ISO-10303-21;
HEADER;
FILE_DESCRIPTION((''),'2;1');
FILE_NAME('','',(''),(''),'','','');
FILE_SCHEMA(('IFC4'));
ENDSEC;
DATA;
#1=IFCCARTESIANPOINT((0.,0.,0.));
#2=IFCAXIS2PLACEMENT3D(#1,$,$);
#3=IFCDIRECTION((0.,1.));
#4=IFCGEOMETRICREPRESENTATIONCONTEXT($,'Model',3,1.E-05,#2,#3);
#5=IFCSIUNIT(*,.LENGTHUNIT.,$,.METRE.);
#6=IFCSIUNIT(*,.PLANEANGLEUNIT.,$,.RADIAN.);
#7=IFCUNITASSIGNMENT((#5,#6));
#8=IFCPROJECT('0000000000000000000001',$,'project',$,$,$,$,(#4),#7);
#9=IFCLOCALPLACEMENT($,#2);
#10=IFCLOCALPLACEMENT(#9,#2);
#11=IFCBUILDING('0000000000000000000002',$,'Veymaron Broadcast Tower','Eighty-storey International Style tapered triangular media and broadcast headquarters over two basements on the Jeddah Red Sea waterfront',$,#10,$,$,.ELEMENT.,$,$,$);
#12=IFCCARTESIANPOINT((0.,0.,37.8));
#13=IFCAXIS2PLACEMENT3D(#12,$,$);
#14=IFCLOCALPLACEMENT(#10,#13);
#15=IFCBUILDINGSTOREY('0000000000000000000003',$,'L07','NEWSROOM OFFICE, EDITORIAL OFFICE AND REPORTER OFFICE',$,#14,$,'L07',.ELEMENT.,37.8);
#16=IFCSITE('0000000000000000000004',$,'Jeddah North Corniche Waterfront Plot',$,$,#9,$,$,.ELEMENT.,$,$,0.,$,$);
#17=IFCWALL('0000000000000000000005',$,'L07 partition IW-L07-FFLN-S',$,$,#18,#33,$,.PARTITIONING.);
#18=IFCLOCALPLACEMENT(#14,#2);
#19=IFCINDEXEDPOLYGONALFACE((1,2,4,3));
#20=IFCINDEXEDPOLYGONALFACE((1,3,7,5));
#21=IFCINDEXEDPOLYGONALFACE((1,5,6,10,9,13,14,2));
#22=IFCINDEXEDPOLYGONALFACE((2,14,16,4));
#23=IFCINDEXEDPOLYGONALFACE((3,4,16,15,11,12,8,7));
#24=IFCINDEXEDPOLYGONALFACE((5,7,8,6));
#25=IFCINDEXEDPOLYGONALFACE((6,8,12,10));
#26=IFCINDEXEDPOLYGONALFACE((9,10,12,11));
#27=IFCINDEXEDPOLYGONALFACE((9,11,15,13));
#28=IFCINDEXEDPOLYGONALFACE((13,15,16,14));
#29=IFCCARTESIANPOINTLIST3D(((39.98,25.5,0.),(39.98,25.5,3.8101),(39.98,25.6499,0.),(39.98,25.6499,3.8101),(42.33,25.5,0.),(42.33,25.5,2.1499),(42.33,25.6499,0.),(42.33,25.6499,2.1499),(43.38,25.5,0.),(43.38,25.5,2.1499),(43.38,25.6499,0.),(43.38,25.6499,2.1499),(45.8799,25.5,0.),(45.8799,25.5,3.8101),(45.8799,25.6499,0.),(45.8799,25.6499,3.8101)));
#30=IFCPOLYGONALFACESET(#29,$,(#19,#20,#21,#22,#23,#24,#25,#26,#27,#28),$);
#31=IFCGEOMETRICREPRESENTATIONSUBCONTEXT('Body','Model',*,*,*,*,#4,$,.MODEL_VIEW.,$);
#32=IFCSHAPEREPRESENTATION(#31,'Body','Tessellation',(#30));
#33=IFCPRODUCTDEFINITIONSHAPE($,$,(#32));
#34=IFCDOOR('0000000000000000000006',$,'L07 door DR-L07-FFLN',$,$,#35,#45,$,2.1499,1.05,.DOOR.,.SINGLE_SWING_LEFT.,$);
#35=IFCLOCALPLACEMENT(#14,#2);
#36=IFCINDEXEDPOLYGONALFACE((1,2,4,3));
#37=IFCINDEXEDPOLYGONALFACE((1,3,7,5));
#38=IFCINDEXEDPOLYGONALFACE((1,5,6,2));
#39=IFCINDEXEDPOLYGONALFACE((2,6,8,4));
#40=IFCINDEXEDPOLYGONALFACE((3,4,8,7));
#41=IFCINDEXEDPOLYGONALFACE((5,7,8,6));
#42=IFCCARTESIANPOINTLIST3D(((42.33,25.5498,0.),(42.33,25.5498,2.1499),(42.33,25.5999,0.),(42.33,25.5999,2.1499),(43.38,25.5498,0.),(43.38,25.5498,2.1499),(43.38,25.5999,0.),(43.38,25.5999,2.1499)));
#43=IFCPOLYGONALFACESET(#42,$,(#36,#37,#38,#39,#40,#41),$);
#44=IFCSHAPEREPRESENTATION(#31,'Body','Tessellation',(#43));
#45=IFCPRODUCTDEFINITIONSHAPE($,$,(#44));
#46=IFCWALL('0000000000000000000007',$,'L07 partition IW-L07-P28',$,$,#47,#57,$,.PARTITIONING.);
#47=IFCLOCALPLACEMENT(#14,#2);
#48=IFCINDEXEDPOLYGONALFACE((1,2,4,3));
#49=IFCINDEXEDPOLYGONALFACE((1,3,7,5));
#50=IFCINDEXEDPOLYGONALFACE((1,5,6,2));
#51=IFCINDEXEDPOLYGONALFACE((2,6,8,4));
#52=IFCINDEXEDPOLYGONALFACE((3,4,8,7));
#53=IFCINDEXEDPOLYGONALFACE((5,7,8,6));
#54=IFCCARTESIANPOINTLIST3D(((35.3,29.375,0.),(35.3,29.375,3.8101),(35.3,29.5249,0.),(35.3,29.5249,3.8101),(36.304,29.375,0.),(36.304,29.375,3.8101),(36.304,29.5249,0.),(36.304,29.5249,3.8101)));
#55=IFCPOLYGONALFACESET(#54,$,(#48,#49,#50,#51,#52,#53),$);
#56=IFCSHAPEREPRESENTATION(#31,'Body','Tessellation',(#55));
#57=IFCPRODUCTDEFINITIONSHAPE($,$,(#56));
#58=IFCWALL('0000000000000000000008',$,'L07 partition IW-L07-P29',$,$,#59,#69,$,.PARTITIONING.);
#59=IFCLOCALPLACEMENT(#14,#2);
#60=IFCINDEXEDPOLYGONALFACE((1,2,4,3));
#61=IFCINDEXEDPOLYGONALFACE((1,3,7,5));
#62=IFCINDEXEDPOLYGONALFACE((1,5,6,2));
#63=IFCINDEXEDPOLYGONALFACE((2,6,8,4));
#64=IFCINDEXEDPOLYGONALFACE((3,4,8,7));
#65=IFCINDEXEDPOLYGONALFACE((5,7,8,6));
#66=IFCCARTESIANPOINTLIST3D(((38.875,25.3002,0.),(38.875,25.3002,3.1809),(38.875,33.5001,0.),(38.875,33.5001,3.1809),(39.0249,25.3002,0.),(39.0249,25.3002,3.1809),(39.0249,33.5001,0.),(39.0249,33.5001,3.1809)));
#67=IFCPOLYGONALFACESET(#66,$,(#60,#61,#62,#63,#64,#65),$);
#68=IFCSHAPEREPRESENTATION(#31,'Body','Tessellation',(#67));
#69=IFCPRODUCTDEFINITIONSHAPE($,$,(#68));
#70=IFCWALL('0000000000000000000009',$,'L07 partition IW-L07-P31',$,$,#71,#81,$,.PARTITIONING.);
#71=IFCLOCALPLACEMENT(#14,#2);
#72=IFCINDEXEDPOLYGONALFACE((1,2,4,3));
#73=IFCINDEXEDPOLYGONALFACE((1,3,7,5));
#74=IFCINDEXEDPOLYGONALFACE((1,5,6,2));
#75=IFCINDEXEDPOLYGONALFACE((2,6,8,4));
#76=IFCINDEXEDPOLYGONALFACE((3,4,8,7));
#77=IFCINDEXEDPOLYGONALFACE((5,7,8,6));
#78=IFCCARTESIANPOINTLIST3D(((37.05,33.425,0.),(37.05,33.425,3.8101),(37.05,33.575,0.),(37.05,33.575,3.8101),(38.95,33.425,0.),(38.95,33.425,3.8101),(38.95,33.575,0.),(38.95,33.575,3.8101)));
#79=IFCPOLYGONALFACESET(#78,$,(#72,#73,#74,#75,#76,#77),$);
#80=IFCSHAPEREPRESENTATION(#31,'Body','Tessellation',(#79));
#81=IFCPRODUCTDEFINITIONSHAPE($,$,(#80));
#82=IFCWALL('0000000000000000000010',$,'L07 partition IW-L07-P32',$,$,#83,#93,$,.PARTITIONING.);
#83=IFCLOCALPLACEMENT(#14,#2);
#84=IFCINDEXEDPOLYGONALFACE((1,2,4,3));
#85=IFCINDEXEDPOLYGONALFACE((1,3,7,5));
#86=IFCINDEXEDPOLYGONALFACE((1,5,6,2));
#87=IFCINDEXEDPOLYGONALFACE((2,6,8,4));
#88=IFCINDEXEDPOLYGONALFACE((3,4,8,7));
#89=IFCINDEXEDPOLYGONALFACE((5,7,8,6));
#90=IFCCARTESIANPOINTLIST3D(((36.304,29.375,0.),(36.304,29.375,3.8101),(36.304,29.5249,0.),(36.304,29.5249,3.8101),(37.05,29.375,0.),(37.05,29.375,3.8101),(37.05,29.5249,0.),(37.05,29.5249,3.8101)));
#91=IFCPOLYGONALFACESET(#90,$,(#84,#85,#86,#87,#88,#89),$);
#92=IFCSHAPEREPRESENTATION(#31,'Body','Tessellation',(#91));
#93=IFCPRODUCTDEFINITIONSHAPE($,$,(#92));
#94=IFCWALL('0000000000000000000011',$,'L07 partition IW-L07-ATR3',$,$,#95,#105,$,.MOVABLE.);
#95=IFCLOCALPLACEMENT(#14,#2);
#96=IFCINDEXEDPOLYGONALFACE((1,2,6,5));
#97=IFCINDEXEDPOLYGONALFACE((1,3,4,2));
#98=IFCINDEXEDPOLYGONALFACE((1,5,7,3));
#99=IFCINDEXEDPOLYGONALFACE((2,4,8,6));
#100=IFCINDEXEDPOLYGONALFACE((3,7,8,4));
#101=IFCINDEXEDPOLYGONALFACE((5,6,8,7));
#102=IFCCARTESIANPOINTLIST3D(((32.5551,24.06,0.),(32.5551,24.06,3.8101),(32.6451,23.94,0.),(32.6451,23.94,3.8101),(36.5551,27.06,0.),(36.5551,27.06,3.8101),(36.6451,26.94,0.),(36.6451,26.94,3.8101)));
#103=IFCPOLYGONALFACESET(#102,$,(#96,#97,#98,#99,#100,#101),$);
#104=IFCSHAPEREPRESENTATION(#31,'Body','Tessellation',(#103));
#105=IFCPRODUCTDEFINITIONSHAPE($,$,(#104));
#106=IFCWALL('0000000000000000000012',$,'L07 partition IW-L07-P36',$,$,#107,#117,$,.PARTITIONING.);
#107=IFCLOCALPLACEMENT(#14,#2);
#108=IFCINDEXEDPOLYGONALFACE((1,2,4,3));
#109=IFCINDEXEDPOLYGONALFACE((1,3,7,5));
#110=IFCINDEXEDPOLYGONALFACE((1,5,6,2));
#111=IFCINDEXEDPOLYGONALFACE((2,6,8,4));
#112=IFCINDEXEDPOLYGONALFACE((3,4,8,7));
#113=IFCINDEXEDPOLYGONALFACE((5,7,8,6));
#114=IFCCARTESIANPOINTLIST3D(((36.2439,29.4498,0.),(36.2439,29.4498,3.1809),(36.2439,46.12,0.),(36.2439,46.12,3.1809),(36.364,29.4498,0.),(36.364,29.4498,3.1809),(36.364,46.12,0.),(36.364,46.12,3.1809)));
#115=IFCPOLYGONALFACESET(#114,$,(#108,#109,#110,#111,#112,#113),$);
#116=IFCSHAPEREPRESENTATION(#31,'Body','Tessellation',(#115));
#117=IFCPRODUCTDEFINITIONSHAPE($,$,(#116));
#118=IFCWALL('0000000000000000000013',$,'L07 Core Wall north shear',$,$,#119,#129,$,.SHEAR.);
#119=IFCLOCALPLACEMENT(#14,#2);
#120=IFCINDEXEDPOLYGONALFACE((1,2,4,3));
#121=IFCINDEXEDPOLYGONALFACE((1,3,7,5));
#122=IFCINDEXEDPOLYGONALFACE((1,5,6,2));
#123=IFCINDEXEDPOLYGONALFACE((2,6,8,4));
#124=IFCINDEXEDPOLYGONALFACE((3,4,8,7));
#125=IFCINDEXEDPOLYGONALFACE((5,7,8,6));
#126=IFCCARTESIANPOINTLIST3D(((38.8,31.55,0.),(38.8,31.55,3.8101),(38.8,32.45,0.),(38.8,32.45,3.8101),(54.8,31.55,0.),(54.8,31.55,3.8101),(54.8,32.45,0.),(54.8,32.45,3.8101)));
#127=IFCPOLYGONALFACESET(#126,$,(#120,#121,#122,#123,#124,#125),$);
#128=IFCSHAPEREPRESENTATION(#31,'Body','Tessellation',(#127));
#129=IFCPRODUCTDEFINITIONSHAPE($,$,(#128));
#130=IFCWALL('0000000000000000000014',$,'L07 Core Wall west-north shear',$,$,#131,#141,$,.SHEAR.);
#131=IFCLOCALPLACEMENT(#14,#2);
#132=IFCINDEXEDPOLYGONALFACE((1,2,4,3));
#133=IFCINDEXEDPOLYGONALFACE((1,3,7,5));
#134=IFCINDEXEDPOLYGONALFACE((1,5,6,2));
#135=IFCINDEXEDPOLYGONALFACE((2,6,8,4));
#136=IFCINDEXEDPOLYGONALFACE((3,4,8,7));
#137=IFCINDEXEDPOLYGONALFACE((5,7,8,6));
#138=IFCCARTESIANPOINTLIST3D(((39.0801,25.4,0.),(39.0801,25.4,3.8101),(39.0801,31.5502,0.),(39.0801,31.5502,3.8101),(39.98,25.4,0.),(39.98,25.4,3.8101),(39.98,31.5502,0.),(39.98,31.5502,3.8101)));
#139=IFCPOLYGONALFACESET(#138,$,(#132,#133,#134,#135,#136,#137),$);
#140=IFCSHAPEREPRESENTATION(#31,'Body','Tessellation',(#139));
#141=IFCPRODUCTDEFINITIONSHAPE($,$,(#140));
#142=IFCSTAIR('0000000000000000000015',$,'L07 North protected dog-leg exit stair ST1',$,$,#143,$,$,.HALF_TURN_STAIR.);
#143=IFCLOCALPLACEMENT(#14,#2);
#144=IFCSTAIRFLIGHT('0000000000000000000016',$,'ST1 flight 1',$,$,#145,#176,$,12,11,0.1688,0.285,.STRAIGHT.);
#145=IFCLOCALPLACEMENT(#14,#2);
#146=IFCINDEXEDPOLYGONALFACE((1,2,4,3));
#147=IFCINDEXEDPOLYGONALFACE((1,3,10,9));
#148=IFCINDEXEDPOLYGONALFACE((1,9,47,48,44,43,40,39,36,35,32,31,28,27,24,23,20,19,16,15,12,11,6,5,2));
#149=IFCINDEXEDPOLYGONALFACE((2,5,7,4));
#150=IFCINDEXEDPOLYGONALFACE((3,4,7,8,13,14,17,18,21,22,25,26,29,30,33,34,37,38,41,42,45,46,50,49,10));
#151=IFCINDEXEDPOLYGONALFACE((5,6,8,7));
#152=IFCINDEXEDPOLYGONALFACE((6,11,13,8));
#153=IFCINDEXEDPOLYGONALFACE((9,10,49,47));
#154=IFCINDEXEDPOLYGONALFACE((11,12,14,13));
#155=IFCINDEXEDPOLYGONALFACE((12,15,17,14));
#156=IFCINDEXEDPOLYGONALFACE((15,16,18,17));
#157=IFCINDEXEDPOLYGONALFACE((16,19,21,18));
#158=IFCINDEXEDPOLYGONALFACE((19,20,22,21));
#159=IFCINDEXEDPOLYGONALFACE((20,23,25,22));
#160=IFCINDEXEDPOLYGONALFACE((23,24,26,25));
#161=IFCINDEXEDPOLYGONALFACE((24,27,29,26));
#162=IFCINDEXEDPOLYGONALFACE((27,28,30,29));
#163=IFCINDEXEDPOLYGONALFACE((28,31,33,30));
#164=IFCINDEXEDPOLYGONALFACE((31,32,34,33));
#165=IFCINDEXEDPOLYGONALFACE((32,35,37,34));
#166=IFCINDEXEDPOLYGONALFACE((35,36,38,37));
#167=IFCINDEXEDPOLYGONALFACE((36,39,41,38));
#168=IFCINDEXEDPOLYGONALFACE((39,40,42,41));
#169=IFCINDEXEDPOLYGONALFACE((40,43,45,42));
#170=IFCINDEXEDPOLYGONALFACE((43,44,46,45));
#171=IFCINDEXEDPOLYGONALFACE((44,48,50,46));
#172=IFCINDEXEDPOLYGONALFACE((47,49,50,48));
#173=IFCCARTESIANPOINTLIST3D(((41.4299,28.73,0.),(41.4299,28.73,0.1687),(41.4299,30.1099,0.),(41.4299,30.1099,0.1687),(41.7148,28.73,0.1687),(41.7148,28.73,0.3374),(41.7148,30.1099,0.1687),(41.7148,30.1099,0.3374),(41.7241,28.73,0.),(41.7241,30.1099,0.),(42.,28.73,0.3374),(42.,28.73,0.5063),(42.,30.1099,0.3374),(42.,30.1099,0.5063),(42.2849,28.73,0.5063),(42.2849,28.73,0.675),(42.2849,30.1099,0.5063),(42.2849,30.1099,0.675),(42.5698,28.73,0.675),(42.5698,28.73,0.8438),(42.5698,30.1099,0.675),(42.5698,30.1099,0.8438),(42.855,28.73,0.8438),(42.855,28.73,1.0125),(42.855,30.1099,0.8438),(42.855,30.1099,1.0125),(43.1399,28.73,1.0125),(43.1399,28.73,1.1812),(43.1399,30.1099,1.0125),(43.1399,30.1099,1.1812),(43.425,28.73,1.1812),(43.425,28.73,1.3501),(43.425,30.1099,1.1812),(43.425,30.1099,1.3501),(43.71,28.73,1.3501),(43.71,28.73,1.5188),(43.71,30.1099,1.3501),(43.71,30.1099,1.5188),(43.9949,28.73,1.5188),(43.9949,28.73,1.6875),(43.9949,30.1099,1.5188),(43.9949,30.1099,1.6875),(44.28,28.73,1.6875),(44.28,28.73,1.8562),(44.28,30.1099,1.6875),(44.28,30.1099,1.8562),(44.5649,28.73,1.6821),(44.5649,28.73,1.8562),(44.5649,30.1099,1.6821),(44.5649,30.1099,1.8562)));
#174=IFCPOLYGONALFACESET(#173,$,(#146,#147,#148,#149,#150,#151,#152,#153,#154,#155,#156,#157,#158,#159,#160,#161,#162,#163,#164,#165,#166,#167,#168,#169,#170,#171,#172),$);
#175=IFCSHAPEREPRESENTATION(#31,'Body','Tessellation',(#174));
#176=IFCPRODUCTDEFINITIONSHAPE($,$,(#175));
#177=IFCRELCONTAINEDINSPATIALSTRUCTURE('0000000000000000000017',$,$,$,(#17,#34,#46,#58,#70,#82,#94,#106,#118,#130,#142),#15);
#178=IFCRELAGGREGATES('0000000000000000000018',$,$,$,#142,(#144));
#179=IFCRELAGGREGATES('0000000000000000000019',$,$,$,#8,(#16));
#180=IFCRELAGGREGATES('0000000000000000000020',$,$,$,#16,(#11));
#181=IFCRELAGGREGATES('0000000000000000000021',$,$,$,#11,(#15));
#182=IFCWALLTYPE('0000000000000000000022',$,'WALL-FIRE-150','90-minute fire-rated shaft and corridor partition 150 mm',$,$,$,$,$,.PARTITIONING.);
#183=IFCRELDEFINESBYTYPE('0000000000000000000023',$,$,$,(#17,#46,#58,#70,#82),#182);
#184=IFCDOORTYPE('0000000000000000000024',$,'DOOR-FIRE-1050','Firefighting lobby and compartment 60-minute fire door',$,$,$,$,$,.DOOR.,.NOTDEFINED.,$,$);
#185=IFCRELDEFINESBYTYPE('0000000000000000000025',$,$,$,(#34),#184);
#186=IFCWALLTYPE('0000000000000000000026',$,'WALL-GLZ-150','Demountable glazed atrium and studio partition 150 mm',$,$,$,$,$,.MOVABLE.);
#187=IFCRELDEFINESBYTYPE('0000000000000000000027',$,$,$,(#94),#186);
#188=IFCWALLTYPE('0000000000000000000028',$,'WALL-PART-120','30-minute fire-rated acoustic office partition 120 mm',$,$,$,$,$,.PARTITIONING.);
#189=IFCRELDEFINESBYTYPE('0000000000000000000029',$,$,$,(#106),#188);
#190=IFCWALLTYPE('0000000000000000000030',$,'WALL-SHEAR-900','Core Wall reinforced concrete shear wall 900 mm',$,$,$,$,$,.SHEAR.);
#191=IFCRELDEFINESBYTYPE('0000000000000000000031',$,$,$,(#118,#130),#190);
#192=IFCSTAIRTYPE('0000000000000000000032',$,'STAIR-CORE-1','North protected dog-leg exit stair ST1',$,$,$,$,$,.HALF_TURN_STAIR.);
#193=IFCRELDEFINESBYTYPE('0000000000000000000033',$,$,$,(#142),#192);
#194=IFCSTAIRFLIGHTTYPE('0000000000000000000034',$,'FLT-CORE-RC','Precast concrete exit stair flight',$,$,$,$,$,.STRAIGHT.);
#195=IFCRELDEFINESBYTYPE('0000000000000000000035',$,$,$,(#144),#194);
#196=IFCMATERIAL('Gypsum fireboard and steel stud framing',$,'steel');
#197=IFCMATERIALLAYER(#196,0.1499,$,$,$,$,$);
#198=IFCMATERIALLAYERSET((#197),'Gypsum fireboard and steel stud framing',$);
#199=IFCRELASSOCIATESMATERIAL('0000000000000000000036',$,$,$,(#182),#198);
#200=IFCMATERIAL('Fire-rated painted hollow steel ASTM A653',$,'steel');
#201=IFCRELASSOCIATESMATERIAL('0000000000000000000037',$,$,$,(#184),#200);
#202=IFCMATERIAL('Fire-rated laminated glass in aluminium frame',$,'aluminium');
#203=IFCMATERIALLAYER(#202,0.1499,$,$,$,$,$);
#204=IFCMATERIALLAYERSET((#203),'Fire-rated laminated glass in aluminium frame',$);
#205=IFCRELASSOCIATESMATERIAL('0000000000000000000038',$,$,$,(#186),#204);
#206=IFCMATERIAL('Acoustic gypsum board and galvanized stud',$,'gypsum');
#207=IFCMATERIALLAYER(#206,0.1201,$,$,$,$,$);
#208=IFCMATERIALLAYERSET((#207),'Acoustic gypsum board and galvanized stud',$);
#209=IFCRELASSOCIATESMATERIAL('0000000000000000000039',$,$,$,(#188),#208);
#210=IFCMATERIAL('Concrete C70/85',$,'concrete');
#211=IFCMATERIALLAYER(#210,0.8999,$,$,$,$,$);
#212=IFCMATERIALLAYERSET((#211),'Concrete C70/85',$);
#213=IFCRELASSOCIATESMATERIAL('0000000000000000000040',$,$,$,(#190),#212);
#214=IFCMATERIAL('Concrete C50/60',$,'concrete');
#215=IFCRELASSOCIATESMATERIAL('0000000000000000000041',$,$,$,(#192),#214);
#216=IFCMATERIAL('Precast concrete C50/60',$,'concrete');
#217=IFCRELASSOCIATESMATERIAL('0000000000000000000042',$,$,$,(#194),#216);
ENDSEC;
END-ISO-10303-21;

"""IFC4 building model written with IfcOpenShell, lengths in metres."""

from ifc_helpers import new_model, si_unit, direction, frame, frame_2d, origin, place, context, subcontext, project, spatial, polyline, rectangle, outline, extrude, material, layer, layer_set, type_object, element, fill, aggregate, save


model = new_model("IFC4")

# Units and contexts
model_context = context("Model", 3, precision=1e-05, world=origin(), true_north=direction((0.0, 1.0)))
body_context = subcontext(model_context, "Body", "Model", "MODEL_VIEW")
ifc_project = project(units=[si_unit("LENGTHUNIT", "METRE"), si_unit("PLANEANGLEUNIT", "RADIAN")], contexts=[model_context])

# Site, building, storey
site_placement = place(None, origin())
site = spatial("IfcSite", under=ifc_project, at=site_placement, Name="Jeddah North Corniche Waterfront Plot", CompositionType="ELEMENT", RefElevation=0.0)
building_placement = place(site_placement, origin())
building = spatial("IfcBuilding", under=site, at=building_placement, Name="Veymaron Broadcast Tower", Description="Eighty-storey International Style tapered triangular media and broadcast headquarters over two basements on the Jeddah Red Sea waterfront", CompositionType="ELEMENT")
storey_placement = place(building_placement, frame((0.0, 0.0, 37.8)))
storey = spatial("IfcBuildingStorey", under=building, at=storey_placement, Name="L07", Description="NEWSROOM OFFICE, EDITORIAL OFFICE AND REPORTER OFFICE", LongName="L07", CompositionType="ELEMENT", Elevation=37.8)

# Wall, opening, door
ifc_material_1 = material(Name="Gypsum fireboard and steel stud framing", Category="steel")
ifc_layer_1 = layer(ifc_material_1, 0.1499)
ifc_layer_set_1 = layer_set([ifc_layer_1], Name="Gypsum fireboard and steel stud framing")
wall_type_1 = type_object("IfcWallType", Name="WALL-FIRE-150", Description="90-minute fire-rated shaft and corridor partition 150 mm", PredefinedType="PARTITIONING", material=ifc_layer_set_1)
wall_1_placement = place(storey_placement, frame((39.98, 25.575, 0.0), z_axis=(0.0, 0.0, 1.0), x_axis=(1.0, 0.0, 0.0)))
wall_1 = element("IfcWall", 1, at=wall_1_placement, inside=storey, type_object=wall_type_1, Name="L07 partition IW-L07-FFLN-S", PredefinedType="PARTITIONING", context=body_context, shape_type="SweptSolid", body=[
    extrude(rectangle(XDim=5.8999, YDim=0.1499, at=frame_2d((2.95, 0.0))), origin(), (0.0, 0.0, 1.0), 3.8101),
])
opening_1_placement = place(wall_1_placement, frame((2.3501, 0.0, 0.0)))
opening_1 = element("IfcOpeningElement", 2, at=opening_1_placement, cuts=wall_1, PredefinedType="OPENING", context=body_context, shape_type="SweptSolid", body=[
    extrude(rectangle(XDim=1.05, YDim=2.1499, at=frame_2d((0.5249, 1.075))), frame((0.0, 0.085, 0.0), z_axis=(0.0, -1.0, 0.0), x_axis=(1.0, 0.0, 0.0)), (0.0, 0.0, 1.0), 0.1699),
])
ifc_material_2 = material(Name="Fire-rated painted hollow steel ASTM A653", Category="steel")
door_type_1 = type_object("IfcDoorType", Name="DOOR-FIRE-1050", Description="Firefighting lobby and compartment 60-minute fire door", OperationType="NOTDEFINED", PredefinedType="DOOR", material=ifc_material_2)
door_1_placement = place(opening_1_placement, origin())
door_1 = element("IfcDoor", 3, at=door_1_placement, inside=storey, type_object=door_type_1, Name="L07 door DR-L07-FFLN", OperationType="SINGLE_SWING_LEFT", OverallHeight=2.1499, OverallWidth=1.05, PredefinedType="DOOR", context=body_context, shape_type="SweptSolid", body=[
    extrude(rectangle(XDim=1.05, YDim=2.1499, at=frame_2d((0.5249, 1.075))), frame((0.0, 0.0249, 0.0), z_axis=(0.0, -1.0, 0.0), x_axis=(1.0, 0.0, 0.0)), (0.0, 0.0, 1.0), 0.05),
])
fill(opening_1, door_1)

# Walls
wall_2_placement = place(storey_placement, frame((35.3, 29.45, 0.0), z_axis=(0.0, 0.0, 1.0), x_axis=(1.0, 0.0, 0.0)))
element("IfcWall", 4, at=wall_2_placement, inside=storey, type_object=wall_type_1, Name="L07 partition IW-L07-P28", PredefinedType="PARTITIONING", context=body_context, shape_type="SweptSolid", body=[
    extrude(rectangle(XDim=1.0039, YDim=0.1499, at=frame_2d((0.502, 0.0))), origin(), (0.0, 0.0, 1.0), 3.8101),
])
wall_3_placement = place(storey_placement, frame((38.95, 25.3, 0.0), z_axis=(0.0, 0.0, 1.0), x_axis=(0.0, 1.0, 0.0)))
element("IfcWall", 5, at=wall_3_placement, inside=storey, type_object=wall_type_1, Name="L07 partition IW-L07-P29", PredefinedType="PARTITIONING", context=body_context, shape_type="SweptSolid", body=[
    extrude(rectangle(XDim=8.2, YDim=0.1499, at=frame_2d((4.1001, 0.0))), origin(), (0.0, 0.0, 1.0), 3.1809),
])
wall_4_placement = place(storey_placement, frame((37.05, 33.5, 0.0), z_axis=(0.0, 0.0, 1.0), x_axis=(1.0, 0.0, 0.0)))
element("IfcWall", 6, at=wall_4_placement, inside=storey, type_object=wall_type_1, Name="L07 partition IW-L07-P31", PredefinedType="PARTITIONING", context=body_context, shape_type="SweptSolid", body=[
    extrude(rectangle(XDim=1.8999, YDim=0.1499, at=frame_2d((0.95, 0.0))), origin(), (0.0, 0.0, 1.0), 3.8101),
])
wall_5_placement = place(storey_placement, frame((36.304, 29.45, 0.0), z_axis=(0.0, 0.0, 1.0), x_axis=(1.0, 0.0, 0.0)))
element("IfcWall", 7, at=wall_5_placement, inside=storey, type_object=wall_type_1, Name="L07 partition IW-L07-P32", PredefinedType="PARTITIONING", context=body_context, shape_type="SweptSolid", body=[
    extrude(rectangle(XDim=0.7461, YDim=0.1499, at=frame_2d((0.373, 0.0))), origin(), (0.0, 0.0, 1.0), 3.8101),
])
ifc_material_3 = material(Name="Fire-rated laminated glass in aluminium frame", Category="aluminium")
ifc_layer_2 = layer(ifc_material_3, 0.1499)
ifc_layer_set_2 = layer_set([ifc_layer_2], Name="Fire-rated laminated glass in aluminium frame")
wall_type_2 = type_object("IfcWallType", Name="WALL-GLZ-150", Description="Demountable glazed atrium and studio partition 150 mm", PredefinedType="MOVABLE", material=ifc_layer_set_2)
wall_6_placement = place(storey_placement, frame((36.6001, 27.0, 0.0), z_axis=(0.0, 0.0, 1.0), x_axis=(-0.8, -0.6, 0.0)))
element("IfcWall", 8, at=wall_6_placement, inside=storey, type_object=wall_type_2, Name="L07 partition IW-L07-ATR3", PredefinedType="MOVABLE", context=body_context, shape_type="SweptSolid", body=[
    extrude(rectangle(XDim=5.0, YDim=0.1499, at=frame_2d((2.5, 0.0))), origin(), (0.0, 0.0, 1.0), 3.8101),
])
ifc_material_4 = material(Name="Acoustic gypsum board and galvanized stud", Category="gypsum")
ifc_layer_3 = layer(ifc_material_4, 0.1201)
ifc_layer_set_3 = layer_set([ifc_layer_3], Name="Acoustic gypsum board and galvanized stud")
wall_type_3 = type_object("IfcWallType", Name="WALL-PART-120", Description="30-minute fire-rated acoustic office partition 120 mm", PredefinedType="PARTITIONING", material=ifc_layer_set_3)
wall_7_placement = place(storey_placement, frame((36.304, 29.45, 0.0), z_axis=(0.0, 0.0, 1.0), x_axis=(0.0, 1.0, 0.0)))
element("IfcWall", 9, at=wall_7_placement, inside=storey, type_object=wall_type_3, Name="L07 partition IW-L07-P36", PredefinedType="PARTITIONING", context=body_context, shape_type="SweptSolid", body=[
    extrude(rectangle(XDim=16.6702, YDim=0.1201, at=frame_2d((8.335, 0.0))), origin(), (0.0, 0.0, 1.0), 3.1809),
])

# Shared definitions
ifc_material_5 = material(Name="Concrete C50/60", Category="concrete")

# Walls
ifc_material_6 = material(Name="Concrete C70/85", Category="concrete")
ifc_layer_4 = layer(ifc_material_6, 0.8999)
ifc_layer_set_4 = layer_set([ifc_layer_4], Name="Concrete C70/85")
wall_type_4 = type_object("IfcWallType", Name="WALL-SHEAR-900", Description="Core Wall reinforced concrete shear wall 900 mm", PredefinedType="SHEAR", material=ifc_layer_set_4)
wall_8_placement = place(storey_placement, frame((38.8, 32.0, 0.0), z_axis=(0.0, 0.0, 1.0), x_axis=(1.0, 0.0, 0.0)))
element("IfcWall", 10, at=wall_8_placement, inside=storey, type_object=wall_type_4, Name="L07 Core Wall north shear", PredefinedType="SHEAR", context=body_context, shape_type="SweptSolid", body=[
    extrude(rectangle(XDim=16.0, YDim=0.8999, at=frame_2d((8.0, 0.0))), origin(), (0.0, 0.0, 1.0), 3.8101),
])
wall_9_placement = place(storey_placement, frame((39.53, 25.3999, 0.0), z_axis=(0.0, 0.0, 1.0), x_axis=(0.0, 1.0, 0.0)))
element("IfcWall", 11, at=wall_9_placement, inside=storey, type_object=wall_type_4, Name="L07 Core Wall west-north shear", PredefinedType="SHEAR", context=body_context, shape_type="SweptSolid", body=[
    extrude(rectangle(XDim=6.1501, YDim=0.8999, at=frame_2d((3.0752, 0.0))), origin(), (0.0, 0.0, 1.0), 3.8101),
])

# Stair, stair flight
stair_type = type_object("IfcStairType", Name="STAIR-CORE-1", Description="North protected dog-leg exit stair ST1", PredefinedType="HALF_TURN_STAIR", material=ifc_material_5)
stair_placement = place(storey_placement, origin())
stair = element("IfcStair", 12, at=stair_placement, inside=storey, type_object=stair_type, Name="L07 North protected dog-leg exit stair ST1", PredefinedType="HALF_TURN_STAIR")
ifc_material_7 = material(Name="Precast concrete C50/60", Category="concrete")
stair_flight_type = type_object("IfcStairFlightType", Name="FLT-CORE-RC", Description="Precast concrete exit stair flight", PredefinedType="STRAIGHT", material=ifc_material_7)
stair_flight_1_placement = place(storey_placement, frame((41.4299, 29.4199, 0.0), z_axis=(0.0, 0.0, 1.0), x_axis=(1.0, 0.0, 0.0)))
stair_flight_1 = element("IfcStairFlight", 13, at=stair_flight_1_placement, type_object=stair_flight_type, Name="ST1 flight 1", NumberOfRisers=12, NumberOfTreads=11, PredefinedType="STRAIGHT", RiserHeight=0.1688, TreadLength=0.285, context=body_context, shape_type="SweptSolid", body=[
    extrude(outline(polyline([(0.0, 0.0), (0.0, 0.1687), (0.2849, 0.1687), (0.2849, 0.3374), (0.5701, 0.3374), (0.5701, 0.5063), (0.855, 0.5063), (0.855, 0.675), (1.1399, 0.675), (1.1399, 0.8438), (1.425, 0.8438), (1.425, 1.0125), (1.71, 1.0125), (1.71, 1.1812), (1.9951, 1.1812), (1.9951, 1.3501), (2.28, 1.3501), (2.28, 1.5188), (2.5649, 1.5188), (2.5649, 1.6875), (2.8501, 1.6875), (2.8501, 1.8562), (3.135, 1.8562), (3.135, 2.0249), (3.135, 1.6821), (0.2942, 0.0), (0.0, 0.0)])), frame((0.0, 0.6899, 0.0), z_axis=(0.0, -1.0, 0.0), x_axis=(1.0, 0.0, 0.0)), (0.0, 0.0, 1.0), 1.3799),
])
aggregate(stair, [stair_flight_1])

save(model, "model.ifc")
